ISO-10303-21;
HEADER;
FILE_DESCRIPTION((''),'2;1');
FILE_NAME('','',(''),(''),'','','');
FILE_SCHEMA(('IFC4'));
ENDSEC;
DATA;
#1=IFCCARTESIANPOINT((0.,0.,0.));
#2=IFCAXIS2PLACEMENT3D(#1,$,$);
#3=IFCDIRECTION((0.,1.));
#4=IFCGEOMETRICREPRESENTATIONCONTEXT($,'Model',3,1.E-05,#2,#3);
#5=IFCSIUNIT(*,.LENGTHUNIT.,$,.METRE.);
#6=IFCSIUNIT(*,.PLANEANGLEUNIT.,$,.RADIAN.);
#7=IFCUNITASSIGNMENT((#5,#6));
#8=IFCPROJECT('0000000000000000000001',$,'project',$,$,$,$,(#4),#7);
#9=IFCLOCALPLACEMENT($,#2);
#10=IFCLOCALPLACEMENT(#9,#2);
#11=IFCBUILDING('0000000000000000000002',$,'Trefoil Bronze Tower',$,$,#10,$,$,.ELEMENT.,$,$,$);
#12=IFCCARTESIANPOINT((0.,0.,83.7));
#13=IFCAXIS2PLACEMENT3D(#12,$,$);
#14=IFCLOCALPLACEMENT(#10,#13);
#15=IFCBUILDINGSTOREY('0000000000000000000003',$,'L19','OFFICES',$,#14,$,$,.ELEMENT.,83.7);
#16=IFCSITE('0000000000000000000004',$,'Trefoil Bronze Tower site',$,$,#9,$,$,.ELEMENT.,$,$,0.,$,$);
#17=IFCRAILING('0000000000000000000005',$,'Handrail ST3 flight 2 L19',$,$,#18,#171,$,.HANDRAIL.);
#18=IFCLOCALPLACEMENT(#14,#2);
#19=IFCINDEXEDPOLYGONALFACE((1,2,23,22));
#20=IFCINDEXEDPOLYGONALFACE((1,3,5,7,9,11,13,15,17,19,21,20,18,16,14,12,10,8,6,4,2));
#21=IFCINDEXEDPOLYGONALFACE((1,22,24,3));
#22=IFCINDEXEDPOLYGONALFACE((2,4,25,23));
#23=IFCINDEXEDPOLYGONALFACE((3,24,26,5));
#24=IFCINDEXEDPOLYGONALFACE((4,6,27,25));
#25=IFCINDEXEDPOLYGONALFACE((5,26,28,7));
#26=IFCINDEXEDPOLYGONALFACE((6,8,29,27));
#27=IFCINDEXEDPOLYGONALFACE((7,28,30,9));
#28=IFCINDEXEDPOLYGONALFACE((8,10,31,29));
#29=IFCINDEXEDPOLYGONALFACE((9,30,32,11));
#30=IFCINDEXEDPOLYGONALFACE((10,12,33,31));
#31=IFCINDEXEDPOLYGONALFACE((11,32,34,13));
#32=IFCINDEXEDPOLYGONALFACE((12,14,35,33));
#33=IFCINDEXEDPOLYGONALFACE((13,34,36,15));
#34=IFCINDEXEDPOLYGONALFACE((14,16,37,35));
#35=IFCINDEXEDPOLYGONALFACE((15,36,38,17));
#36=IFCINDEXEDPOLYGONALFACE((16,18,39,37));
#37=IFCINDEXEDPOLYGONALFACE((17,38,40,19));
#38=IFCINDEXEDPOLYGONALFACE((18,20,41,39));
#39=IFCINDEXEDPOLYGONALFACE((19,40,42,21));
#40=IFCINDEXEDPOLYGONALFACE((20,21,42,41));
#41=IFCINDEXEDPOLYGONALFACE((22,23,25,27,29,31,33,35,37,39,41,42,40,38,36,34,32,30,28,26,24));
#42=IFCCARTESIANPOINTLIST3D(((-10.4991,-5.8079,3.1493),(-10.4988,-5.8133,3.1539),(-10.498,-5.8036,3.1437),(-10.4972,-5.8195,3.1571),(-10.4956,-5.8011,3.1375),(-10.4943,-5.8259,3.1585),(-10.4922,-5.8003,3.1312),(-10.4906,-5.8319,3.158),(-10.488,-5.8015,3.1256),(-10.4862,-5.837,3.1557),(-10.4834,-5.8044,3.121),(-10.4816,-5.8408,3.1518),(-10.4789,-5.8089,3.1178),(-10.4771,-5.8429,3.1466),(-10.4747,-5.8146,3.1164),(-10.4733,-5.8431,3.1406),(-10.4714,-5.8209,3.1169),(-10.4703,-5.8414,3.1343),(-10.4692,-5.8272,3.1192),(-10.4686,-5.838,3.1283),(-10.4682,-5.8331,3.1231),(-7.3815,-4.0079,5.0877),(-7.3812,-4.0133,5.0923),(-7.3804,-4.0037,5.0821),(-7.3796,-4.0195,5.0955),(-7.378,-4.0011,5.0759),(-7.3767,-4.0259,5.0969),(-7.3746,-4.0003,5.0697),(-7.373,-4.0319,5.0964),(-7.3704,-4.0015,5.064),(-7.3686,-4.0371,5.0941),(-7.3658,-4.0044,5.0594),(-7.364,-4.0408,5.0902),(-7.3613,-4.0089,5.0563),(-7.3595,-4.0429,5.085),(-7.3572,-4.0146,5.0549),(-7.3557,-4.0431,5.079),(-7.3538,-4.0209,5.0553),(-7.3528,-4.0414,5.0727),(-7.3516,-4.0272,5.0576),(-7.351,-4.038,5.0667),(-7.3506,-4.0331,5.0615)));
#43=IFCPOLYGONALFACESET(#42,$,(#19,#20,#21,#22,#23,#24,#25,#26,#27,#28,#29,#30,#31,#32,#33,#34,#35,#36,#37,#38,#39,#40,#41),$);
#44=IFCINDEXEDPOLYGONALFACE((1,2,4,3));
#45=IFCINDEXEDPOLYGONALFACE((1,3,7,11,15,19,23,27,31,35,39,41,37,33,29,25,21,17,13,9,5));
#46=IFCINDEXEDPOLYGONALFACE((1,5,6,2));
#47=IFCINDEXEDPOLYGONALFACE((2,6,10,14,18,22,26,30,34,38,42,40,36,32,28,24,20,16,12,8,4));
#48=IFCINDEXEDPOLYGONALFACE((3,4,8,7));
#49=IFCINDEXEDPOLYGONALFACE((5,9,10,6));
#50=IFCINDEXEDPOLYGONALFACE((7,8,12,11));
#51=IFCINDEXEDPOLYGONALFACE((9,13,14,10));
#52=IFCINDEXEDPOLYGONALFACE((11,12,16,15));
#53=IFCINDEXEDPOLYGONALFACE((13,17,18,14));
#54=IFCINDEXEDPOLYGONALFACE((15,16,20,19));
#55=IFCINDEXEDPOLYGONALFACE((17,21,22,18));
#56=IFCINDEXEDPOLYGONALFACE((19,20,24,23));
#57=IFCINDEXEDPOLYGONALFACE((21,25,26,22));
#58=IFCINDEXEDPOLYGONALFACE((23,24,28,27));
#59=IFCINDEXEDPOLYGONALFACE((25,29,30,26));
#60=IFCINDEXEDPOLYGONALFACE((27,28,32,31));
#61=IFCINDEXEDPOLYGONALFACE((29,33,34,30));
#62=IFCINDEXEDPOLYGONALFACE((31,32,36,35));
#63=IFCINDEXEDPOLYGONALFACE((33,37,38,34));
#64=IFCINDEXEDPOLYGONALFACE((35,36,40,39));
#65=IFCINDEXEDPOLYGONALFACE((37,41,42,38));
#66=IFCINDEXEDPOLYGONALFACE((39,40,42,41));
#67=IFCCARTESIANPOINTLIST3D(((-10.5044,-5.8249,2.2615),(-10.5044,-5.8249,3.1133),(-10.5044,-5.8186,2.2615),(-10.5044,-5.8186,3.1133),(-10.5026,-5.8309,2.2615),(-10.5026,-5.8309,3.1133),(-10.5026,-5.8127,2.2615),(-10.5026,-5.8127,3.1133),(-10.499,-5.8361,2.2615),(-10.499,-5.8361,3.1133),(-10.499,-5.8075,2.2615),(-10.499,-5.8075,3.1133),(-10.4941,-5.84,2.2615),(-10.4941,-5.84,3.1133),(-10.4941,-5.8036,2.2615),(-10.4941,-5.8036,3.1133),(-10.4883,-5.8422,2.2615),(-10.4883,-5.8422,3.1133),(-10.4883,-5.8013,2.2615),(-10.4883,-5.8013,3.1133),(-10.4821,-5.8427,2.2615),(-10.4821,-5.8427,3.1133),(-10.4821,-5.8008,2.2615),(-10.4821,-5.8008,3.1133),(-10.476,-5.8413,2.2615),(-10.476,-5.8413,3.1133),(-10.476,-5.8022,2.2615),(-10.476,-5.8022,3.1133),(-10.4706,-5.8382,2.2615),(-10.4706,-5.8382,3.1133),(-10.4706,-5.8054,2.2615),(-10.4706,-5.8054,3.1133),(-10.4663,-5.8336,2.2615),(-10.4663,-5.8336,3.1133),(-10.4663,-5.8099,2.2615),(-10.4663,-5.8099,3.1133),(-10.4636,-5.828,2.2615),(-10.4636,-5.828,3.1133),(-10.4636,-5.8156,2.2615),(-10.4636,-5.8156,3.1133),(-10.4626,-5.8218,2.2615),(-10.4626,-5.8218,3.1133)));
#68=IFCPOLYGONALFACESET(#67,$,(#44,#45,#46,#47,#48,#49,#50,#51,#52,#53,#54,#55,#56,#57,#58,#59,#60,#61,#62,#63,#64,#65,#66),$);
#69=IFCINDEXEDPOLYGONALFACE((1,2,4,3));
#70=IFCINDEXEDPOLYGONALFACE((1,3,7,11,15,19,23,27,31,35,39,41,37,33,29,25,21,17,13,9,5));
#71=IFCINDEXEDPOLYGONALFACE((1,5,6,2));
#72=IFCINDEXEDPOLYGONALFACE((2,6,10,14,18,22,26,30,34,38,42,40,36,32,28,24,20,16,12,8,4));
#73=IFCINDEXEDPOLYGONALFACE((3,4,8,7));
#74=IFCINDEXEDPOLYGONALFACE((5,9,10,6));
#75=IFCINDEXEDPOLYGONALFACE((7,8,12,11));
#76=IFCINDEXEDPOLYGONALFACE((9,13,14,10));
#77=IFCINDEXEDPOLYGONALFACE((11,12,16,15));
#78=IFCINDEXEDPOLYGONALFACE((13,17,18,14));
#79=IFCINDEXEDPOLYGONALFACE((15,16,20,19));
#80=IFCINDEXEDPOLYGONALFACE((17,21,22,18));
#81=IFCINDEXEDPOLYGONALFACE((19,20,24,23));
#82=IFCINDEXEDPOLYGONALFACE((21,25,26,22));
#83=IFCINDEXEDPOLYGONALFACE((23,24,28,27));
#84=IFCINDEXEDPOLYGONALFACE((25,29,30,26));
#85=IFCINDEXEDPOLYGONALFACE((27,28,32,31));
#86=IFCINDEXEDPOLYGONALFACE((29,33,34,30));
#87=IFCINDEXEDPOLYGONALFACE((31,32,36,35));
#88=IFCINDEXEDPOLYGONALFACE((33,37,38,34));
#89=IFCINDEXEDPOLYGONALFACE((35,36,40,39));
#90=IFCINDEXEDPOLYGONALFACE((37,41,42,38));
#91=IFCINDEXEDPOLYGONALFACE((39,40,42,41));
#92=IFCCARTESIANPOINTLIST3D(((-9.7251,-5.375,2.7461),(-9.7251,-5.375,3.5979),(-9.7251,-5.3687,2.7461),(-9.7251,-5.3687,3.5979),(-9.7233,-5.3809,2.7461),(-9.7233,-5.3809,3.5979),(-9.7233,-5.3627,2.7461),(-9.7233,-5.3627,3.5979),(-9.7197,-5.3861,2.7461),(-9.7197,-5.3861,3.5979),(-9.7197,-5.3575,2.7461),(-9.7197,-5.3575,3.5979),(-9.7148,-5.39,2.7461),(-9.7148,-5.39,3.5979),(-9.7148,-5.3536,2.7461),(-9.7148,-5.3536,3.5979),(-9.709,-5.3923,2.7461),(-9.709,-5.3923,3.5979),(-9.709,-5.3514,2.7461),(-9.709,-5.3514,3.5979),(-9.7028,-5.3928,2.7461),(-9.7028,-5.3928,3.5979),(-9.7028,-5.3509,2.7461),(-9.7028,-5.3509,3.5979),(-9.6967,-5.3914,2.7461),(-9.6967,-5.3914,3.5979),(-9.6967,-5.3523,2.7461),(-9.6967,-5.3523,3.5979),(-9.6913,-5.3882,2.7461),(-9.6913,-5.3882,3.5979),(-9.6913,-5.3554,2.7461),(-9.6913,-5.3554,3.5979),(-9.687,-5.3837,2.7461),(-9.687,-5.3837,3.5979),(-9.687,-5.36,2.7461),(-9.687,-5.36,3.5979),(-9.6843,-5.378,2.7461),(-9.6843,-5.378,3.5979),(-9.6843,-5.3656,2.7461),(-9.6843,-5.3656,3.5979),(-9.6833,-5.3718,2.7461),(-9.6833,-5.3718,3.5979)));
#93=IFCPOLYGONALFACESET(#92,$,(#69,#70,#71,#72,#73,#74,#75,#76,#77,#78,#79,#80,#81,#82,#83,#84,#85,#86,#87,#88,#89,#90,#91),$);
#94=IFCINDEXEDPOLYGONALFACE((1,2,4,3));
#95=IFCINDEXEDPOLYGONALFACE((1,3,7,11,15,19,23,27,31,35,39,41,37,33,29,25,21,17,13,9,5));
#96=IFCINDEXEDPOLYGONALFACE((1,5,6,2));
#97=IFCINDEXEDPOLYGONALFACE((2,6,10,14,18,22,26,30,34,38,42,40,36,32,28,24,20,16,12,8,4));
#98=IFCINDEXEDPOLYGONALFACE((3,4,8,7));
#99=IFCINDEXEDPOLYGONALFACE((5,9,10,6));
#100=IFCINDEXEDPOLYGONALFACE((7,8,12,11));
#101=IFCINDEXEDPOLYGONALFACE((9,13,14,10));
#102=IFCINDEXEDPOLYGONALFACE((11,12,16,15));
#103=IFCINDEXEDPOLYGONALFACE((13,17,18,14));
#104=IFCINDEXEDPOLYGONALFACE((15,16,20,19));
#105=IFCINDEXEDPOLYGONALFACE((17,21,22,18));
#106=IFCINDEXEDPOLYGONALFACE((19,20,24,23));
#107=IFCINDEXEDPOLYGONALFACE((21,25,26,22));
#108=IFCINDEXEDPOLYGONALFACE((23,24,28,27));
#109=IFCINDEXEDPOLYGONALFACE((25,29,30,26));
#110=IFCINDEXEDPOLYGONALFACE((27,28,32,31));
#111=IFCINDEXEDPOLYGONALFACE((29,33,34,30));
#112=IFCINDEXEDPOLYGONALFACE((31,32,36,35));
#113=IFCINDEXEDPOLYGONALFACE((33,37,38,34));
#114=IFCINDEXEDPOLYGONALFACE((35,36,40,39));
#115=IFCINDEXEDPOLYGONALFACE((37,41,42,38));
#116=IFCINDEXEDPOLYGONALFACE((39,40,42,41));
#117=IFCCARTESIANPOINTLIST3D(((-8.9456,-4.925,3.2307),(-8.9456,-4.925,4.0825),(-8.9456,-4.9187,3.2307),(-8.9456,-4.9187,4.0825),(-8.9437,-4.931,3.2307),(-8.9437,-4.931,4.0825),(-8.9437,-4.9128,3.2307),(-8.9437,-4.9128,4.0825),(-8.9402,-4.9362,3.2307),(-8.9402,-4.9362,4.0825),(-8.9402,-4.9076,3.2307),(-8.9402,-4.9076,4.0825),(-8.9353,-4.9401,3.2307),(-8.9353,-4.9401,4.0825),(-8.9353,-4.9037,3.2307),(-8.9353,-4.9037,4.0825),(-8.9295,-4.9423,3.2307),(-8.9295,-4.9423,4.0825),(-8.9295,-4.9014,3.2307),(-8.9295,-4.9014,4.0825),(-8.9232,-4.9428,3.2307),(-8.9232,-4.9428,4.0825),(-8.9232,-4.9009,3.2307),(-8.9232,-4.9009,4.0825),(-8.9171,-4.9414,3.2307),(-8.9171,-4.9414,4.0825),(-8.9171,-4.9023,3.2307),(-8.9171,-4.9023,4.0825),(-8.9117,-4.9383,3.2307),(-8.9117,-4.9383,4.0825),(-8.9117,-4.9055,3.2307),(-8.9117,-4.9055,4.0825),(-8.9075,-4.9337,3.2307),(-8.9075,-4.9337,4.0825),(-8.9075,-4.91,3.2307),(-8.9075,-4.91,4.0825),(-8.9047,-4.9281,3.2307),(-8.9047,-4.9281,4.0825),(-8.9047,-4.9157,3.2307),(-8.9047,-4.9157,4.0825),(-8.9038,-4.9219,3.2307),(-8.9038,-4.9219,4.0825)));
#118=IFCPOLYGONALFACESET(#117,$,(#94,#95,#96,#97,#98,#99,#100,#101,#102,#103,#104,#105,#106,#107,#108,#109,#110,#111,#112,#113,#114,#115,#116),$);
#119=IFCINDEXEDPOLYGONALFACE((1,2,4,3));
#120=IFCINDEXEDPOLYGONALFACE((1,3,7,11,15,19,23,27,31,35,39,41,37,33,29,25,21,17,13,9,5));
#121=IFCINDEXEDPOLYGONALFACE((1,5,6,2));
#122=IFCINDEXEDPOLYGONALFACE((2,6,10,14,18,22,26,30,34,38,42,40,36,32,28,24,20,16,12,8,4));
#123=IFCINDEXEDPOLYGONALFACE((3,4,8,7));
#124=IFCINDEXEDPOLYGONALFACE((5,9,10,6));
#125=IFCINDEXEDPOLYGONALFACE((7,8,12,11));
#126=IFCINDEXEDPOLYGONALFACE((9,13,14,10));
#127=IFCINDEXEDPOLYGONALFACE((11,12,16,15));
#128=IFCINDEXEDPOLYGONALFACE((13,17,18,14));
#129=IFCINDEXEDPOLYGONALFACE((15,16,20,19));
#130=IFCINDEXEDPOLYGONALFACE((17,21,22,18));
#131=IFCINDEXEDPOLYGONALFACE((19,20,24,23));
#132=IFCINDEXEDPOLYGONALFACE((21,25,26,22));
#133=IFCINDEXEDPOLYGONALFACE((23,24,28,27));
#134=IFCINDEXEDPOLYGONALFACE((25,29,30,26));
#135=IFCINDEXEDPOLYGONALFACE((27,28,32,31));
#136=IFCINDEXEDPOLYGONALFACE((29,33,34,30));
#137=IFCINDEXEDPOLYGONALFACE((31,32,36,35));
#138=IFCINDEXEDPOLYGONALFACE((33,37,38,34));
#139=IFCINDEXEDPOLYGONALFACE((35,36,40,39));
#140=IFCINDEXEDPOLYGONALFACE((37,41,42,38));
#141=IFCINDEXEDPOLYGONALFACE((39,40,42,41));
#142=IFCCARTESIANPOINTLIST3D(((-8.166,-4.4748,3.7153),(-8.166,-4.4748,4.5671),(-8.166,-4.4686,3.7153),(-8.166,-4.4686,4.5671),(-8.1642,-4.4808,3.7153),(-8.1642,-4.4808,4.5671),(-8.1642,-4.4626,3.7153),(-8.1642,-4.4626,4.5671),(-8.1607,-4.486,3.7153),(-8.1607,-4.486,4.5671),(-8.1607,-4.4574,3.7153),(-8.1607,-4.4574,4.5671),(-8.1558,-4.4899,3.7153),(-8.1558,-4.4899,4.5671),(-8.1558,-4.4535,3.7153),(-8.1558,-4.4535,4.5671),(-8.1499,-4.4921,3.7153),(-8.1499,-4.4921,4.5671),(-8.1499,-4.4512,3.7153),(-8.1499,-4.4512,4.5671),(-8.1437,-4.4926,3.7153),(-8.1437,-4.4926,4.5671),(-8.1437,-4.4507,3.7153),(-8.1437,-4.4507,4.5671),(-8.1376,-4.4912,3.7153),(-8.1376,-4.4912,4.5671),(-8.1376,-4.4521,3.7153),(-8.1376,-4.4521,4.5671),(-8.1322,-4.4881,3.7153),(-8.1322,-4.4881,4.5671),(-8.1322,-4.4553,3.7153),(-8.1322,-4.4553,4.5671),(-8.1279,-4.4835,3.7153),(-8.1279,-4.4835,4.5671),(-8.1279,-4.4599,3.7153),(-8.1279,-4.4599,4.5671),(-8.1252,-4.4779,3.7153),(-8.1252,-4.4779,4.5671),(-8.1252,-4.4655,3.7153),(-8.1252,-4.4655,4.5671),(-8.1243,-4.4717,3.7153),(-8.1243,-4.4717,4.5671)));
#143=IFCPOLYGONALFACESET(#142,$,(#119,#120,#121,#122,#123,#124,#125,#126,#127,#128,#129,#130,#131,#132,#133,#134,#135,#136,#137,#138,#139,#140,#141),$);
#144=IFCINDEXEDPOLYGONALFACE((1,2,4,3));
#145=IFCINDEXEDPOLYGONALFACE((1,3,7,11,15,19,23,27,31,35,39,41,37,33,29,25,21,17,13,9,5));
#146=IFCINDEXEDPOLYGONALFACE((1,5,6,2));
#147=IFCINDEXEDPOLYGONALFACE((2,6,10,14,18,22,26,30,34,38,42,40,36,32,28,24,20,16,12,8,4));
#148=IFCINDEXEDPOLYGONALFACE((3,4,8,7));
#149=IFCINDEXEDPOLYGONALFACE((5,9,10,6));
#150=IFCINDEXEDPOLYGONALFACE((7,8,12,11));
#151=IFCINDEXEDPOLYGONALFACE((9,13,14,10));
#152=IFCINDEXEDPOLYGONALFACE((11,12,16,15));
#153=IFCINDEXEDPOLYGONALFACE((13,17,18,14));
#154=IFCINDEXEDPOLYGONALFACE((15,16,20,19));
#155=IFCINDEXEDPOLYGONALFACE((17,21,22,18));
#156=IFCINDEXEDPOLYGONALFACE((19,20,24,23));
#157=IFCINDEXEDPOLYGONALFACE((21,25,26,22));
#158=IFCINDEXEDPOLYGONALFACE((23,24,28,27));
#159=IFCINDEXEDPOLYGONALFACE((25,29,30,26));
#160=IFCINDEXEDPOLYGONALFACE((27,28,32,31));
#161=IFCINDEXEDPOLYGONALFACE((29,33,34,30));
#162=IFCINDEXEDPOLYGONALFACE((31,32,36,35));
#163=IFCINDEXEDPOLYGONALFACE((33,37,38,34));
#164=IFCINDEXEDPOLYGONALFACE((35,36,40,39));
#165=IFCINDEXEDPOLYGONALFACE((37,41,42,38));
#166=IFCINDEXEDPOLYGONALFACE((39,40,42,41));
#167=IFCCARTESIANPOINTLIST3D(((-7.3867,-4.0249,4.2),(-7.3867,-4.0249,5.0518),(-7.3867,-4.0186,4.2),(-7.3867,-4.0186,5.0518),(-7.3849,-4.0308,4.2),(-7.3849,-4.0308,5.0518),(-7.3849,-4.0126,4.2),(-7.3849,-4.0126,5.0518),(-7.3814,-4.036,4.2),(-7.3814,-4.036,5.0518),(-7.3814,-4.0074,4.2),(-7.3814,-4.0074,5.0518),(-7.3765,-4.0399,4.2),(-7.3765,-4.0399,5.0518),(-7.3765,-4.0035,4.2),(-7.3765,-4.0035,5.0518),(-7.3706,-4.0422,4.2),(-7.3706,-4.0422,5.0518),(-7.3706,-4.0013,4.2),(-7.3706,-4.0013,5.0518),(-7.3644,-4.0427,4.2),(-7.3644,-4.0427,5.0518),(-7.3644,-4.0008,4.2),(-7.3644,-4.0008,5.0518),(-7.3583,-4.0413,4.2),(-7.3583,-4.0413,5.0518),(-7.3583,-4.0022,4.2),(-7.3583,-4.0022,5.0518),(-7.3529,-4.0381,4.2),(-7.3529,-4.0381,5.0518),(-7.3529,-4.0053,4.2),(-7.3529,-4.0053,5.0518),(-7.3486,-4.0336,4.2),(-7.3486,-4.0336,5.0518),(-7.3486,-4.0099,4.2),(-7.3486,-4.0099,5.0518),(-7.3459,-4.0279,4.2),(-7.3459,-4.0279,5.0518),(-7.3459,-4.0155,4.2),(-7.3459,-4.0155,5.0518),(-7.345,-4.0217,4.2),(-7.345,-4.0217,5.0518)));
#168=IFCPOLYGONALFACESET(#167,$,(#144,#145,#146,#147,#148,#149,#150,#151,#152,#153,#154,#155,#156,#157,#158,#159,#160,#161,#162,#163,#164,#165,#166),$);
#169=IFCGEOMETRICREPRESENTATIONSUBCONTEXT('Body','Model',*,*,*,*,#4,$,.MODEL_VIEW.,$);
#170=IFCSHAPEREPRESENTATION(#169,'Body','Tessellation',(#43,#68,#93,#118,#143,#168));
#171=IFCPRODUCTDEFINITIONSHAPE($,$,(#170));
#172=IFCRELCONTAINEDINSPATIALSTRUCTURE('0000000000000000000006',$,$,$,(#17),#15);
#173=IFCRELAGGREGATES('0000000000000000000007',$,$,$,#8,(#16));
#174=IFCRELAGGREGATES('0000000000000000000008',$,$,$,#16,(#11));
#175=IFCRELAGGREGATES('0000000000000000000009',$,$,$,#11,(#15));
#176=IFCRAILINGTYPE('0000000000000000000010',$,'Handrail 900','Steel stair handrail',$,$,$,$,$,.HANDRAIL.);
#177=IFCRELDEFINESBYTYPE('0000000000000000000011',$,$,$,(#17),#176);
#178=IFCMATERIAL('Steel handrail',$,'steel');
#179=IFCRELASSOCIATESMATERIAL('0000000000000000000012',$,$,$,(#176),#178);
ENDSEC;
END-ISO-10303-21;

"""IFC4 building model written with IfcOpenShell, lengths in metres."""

from ifc_helpers import new_model, si_unit, direction, frame, origin, origin_2d, place, context, subcontext, project, spatial, circle, extrude, material, type_object, element, save


model = new_model("IFC4")

# Units and contexts
model_context = context("Model", 3, precision=1e-05, world=origin(), true_north=direction((0.0, 1.0)))
body_context = subcontext(model_context, "Body", "Model", "MODEL_VIEW")
ifc_project = project(units=[si_unit("LENGTHUNIT", "METRE"), si_unit("PLANEANGLEUNIT", "RADIAN")], contexts=[model_context])

# Site, building, storey
site_placement = place(None, origin())
site = spatial("IfcSite", under=ifc_project, at=site_placement, Name="Trefoil Bronze Tower site", CompositionType="ELEMENT", RefElevation=0.0)
building_placement = place(site_placement, origin())
building = spatial("IfcBuilding", under=site, at=building_placement, Name="Trefoil Bronze Tower", CompositionType="ELEMENT")
storey_placement = place(building_placement, frame((0.0, 0.0, 83.7)))
storey = spatial("IfcBuildingStorey", under=building, at=storey_placement, Name="L19", Description="OFFICES", CompositionType="ELEMENT", Elevation=83.7)

# Railing
ifc_material_1 = material(Name="Steel handrail", Category="steel")
railing_type = type_object("IfcRailingType", Name="Handrail 900", Description="Steel stair handrail", PredefinedType="HANDRAIL", material=ifc_material_1)
railing_1_placement = place(storey_placement, frame((-10.4836, -5.8218, 2.2615)))
element("IfcRailing", 1, at=railing_1_placement, inside=storey, type_object=railing_type, Name="Handrail ST3 flight 2 L19", PredefinedType="HANDRAIL", context=body_context, shape_type="SweptSolid", body=[
    extrude(circle(Radius=0.0239, at=origin_2d()), frame((0.0, 0.0, 0.876), z_axis=(0.762503, 0.440246, 0.474102), x_axis=(-0.500012, 0.866018, 0.0)), (0.0, 0.0, 1.0), 4.0886),
    extrude(circle(Radius=0.021, at=origin_2d()), origin(), (0.0, 0.0, 1.0), 0.8518),
    extrude(circle(Radius=0.021, at=origin_2d()), frame((0.7793, 0.45, 0.4846)), (0.0, 0.0, 1.0), 0.8518),
    extrude(circle(Radius=0.021, at=origin_2d()), frame((1.5588, 0.8999, 0.9692)), (0.0, 0.0, 1.0), 0.8518),
    extrude(circle(Radius=0.021, at=origin_2d()), frame((2.3384, 1.3501, 1.4539)), (0.0, 0.0, 1.0), 0.8518),
    extrude(circle(Radius=0.021, at=origin_2d()), frame((3.1177, 1.8, 1.9385)), (0.0, 0.0, 1.0), 0.8518),
])

save(model, "model.ifc")
